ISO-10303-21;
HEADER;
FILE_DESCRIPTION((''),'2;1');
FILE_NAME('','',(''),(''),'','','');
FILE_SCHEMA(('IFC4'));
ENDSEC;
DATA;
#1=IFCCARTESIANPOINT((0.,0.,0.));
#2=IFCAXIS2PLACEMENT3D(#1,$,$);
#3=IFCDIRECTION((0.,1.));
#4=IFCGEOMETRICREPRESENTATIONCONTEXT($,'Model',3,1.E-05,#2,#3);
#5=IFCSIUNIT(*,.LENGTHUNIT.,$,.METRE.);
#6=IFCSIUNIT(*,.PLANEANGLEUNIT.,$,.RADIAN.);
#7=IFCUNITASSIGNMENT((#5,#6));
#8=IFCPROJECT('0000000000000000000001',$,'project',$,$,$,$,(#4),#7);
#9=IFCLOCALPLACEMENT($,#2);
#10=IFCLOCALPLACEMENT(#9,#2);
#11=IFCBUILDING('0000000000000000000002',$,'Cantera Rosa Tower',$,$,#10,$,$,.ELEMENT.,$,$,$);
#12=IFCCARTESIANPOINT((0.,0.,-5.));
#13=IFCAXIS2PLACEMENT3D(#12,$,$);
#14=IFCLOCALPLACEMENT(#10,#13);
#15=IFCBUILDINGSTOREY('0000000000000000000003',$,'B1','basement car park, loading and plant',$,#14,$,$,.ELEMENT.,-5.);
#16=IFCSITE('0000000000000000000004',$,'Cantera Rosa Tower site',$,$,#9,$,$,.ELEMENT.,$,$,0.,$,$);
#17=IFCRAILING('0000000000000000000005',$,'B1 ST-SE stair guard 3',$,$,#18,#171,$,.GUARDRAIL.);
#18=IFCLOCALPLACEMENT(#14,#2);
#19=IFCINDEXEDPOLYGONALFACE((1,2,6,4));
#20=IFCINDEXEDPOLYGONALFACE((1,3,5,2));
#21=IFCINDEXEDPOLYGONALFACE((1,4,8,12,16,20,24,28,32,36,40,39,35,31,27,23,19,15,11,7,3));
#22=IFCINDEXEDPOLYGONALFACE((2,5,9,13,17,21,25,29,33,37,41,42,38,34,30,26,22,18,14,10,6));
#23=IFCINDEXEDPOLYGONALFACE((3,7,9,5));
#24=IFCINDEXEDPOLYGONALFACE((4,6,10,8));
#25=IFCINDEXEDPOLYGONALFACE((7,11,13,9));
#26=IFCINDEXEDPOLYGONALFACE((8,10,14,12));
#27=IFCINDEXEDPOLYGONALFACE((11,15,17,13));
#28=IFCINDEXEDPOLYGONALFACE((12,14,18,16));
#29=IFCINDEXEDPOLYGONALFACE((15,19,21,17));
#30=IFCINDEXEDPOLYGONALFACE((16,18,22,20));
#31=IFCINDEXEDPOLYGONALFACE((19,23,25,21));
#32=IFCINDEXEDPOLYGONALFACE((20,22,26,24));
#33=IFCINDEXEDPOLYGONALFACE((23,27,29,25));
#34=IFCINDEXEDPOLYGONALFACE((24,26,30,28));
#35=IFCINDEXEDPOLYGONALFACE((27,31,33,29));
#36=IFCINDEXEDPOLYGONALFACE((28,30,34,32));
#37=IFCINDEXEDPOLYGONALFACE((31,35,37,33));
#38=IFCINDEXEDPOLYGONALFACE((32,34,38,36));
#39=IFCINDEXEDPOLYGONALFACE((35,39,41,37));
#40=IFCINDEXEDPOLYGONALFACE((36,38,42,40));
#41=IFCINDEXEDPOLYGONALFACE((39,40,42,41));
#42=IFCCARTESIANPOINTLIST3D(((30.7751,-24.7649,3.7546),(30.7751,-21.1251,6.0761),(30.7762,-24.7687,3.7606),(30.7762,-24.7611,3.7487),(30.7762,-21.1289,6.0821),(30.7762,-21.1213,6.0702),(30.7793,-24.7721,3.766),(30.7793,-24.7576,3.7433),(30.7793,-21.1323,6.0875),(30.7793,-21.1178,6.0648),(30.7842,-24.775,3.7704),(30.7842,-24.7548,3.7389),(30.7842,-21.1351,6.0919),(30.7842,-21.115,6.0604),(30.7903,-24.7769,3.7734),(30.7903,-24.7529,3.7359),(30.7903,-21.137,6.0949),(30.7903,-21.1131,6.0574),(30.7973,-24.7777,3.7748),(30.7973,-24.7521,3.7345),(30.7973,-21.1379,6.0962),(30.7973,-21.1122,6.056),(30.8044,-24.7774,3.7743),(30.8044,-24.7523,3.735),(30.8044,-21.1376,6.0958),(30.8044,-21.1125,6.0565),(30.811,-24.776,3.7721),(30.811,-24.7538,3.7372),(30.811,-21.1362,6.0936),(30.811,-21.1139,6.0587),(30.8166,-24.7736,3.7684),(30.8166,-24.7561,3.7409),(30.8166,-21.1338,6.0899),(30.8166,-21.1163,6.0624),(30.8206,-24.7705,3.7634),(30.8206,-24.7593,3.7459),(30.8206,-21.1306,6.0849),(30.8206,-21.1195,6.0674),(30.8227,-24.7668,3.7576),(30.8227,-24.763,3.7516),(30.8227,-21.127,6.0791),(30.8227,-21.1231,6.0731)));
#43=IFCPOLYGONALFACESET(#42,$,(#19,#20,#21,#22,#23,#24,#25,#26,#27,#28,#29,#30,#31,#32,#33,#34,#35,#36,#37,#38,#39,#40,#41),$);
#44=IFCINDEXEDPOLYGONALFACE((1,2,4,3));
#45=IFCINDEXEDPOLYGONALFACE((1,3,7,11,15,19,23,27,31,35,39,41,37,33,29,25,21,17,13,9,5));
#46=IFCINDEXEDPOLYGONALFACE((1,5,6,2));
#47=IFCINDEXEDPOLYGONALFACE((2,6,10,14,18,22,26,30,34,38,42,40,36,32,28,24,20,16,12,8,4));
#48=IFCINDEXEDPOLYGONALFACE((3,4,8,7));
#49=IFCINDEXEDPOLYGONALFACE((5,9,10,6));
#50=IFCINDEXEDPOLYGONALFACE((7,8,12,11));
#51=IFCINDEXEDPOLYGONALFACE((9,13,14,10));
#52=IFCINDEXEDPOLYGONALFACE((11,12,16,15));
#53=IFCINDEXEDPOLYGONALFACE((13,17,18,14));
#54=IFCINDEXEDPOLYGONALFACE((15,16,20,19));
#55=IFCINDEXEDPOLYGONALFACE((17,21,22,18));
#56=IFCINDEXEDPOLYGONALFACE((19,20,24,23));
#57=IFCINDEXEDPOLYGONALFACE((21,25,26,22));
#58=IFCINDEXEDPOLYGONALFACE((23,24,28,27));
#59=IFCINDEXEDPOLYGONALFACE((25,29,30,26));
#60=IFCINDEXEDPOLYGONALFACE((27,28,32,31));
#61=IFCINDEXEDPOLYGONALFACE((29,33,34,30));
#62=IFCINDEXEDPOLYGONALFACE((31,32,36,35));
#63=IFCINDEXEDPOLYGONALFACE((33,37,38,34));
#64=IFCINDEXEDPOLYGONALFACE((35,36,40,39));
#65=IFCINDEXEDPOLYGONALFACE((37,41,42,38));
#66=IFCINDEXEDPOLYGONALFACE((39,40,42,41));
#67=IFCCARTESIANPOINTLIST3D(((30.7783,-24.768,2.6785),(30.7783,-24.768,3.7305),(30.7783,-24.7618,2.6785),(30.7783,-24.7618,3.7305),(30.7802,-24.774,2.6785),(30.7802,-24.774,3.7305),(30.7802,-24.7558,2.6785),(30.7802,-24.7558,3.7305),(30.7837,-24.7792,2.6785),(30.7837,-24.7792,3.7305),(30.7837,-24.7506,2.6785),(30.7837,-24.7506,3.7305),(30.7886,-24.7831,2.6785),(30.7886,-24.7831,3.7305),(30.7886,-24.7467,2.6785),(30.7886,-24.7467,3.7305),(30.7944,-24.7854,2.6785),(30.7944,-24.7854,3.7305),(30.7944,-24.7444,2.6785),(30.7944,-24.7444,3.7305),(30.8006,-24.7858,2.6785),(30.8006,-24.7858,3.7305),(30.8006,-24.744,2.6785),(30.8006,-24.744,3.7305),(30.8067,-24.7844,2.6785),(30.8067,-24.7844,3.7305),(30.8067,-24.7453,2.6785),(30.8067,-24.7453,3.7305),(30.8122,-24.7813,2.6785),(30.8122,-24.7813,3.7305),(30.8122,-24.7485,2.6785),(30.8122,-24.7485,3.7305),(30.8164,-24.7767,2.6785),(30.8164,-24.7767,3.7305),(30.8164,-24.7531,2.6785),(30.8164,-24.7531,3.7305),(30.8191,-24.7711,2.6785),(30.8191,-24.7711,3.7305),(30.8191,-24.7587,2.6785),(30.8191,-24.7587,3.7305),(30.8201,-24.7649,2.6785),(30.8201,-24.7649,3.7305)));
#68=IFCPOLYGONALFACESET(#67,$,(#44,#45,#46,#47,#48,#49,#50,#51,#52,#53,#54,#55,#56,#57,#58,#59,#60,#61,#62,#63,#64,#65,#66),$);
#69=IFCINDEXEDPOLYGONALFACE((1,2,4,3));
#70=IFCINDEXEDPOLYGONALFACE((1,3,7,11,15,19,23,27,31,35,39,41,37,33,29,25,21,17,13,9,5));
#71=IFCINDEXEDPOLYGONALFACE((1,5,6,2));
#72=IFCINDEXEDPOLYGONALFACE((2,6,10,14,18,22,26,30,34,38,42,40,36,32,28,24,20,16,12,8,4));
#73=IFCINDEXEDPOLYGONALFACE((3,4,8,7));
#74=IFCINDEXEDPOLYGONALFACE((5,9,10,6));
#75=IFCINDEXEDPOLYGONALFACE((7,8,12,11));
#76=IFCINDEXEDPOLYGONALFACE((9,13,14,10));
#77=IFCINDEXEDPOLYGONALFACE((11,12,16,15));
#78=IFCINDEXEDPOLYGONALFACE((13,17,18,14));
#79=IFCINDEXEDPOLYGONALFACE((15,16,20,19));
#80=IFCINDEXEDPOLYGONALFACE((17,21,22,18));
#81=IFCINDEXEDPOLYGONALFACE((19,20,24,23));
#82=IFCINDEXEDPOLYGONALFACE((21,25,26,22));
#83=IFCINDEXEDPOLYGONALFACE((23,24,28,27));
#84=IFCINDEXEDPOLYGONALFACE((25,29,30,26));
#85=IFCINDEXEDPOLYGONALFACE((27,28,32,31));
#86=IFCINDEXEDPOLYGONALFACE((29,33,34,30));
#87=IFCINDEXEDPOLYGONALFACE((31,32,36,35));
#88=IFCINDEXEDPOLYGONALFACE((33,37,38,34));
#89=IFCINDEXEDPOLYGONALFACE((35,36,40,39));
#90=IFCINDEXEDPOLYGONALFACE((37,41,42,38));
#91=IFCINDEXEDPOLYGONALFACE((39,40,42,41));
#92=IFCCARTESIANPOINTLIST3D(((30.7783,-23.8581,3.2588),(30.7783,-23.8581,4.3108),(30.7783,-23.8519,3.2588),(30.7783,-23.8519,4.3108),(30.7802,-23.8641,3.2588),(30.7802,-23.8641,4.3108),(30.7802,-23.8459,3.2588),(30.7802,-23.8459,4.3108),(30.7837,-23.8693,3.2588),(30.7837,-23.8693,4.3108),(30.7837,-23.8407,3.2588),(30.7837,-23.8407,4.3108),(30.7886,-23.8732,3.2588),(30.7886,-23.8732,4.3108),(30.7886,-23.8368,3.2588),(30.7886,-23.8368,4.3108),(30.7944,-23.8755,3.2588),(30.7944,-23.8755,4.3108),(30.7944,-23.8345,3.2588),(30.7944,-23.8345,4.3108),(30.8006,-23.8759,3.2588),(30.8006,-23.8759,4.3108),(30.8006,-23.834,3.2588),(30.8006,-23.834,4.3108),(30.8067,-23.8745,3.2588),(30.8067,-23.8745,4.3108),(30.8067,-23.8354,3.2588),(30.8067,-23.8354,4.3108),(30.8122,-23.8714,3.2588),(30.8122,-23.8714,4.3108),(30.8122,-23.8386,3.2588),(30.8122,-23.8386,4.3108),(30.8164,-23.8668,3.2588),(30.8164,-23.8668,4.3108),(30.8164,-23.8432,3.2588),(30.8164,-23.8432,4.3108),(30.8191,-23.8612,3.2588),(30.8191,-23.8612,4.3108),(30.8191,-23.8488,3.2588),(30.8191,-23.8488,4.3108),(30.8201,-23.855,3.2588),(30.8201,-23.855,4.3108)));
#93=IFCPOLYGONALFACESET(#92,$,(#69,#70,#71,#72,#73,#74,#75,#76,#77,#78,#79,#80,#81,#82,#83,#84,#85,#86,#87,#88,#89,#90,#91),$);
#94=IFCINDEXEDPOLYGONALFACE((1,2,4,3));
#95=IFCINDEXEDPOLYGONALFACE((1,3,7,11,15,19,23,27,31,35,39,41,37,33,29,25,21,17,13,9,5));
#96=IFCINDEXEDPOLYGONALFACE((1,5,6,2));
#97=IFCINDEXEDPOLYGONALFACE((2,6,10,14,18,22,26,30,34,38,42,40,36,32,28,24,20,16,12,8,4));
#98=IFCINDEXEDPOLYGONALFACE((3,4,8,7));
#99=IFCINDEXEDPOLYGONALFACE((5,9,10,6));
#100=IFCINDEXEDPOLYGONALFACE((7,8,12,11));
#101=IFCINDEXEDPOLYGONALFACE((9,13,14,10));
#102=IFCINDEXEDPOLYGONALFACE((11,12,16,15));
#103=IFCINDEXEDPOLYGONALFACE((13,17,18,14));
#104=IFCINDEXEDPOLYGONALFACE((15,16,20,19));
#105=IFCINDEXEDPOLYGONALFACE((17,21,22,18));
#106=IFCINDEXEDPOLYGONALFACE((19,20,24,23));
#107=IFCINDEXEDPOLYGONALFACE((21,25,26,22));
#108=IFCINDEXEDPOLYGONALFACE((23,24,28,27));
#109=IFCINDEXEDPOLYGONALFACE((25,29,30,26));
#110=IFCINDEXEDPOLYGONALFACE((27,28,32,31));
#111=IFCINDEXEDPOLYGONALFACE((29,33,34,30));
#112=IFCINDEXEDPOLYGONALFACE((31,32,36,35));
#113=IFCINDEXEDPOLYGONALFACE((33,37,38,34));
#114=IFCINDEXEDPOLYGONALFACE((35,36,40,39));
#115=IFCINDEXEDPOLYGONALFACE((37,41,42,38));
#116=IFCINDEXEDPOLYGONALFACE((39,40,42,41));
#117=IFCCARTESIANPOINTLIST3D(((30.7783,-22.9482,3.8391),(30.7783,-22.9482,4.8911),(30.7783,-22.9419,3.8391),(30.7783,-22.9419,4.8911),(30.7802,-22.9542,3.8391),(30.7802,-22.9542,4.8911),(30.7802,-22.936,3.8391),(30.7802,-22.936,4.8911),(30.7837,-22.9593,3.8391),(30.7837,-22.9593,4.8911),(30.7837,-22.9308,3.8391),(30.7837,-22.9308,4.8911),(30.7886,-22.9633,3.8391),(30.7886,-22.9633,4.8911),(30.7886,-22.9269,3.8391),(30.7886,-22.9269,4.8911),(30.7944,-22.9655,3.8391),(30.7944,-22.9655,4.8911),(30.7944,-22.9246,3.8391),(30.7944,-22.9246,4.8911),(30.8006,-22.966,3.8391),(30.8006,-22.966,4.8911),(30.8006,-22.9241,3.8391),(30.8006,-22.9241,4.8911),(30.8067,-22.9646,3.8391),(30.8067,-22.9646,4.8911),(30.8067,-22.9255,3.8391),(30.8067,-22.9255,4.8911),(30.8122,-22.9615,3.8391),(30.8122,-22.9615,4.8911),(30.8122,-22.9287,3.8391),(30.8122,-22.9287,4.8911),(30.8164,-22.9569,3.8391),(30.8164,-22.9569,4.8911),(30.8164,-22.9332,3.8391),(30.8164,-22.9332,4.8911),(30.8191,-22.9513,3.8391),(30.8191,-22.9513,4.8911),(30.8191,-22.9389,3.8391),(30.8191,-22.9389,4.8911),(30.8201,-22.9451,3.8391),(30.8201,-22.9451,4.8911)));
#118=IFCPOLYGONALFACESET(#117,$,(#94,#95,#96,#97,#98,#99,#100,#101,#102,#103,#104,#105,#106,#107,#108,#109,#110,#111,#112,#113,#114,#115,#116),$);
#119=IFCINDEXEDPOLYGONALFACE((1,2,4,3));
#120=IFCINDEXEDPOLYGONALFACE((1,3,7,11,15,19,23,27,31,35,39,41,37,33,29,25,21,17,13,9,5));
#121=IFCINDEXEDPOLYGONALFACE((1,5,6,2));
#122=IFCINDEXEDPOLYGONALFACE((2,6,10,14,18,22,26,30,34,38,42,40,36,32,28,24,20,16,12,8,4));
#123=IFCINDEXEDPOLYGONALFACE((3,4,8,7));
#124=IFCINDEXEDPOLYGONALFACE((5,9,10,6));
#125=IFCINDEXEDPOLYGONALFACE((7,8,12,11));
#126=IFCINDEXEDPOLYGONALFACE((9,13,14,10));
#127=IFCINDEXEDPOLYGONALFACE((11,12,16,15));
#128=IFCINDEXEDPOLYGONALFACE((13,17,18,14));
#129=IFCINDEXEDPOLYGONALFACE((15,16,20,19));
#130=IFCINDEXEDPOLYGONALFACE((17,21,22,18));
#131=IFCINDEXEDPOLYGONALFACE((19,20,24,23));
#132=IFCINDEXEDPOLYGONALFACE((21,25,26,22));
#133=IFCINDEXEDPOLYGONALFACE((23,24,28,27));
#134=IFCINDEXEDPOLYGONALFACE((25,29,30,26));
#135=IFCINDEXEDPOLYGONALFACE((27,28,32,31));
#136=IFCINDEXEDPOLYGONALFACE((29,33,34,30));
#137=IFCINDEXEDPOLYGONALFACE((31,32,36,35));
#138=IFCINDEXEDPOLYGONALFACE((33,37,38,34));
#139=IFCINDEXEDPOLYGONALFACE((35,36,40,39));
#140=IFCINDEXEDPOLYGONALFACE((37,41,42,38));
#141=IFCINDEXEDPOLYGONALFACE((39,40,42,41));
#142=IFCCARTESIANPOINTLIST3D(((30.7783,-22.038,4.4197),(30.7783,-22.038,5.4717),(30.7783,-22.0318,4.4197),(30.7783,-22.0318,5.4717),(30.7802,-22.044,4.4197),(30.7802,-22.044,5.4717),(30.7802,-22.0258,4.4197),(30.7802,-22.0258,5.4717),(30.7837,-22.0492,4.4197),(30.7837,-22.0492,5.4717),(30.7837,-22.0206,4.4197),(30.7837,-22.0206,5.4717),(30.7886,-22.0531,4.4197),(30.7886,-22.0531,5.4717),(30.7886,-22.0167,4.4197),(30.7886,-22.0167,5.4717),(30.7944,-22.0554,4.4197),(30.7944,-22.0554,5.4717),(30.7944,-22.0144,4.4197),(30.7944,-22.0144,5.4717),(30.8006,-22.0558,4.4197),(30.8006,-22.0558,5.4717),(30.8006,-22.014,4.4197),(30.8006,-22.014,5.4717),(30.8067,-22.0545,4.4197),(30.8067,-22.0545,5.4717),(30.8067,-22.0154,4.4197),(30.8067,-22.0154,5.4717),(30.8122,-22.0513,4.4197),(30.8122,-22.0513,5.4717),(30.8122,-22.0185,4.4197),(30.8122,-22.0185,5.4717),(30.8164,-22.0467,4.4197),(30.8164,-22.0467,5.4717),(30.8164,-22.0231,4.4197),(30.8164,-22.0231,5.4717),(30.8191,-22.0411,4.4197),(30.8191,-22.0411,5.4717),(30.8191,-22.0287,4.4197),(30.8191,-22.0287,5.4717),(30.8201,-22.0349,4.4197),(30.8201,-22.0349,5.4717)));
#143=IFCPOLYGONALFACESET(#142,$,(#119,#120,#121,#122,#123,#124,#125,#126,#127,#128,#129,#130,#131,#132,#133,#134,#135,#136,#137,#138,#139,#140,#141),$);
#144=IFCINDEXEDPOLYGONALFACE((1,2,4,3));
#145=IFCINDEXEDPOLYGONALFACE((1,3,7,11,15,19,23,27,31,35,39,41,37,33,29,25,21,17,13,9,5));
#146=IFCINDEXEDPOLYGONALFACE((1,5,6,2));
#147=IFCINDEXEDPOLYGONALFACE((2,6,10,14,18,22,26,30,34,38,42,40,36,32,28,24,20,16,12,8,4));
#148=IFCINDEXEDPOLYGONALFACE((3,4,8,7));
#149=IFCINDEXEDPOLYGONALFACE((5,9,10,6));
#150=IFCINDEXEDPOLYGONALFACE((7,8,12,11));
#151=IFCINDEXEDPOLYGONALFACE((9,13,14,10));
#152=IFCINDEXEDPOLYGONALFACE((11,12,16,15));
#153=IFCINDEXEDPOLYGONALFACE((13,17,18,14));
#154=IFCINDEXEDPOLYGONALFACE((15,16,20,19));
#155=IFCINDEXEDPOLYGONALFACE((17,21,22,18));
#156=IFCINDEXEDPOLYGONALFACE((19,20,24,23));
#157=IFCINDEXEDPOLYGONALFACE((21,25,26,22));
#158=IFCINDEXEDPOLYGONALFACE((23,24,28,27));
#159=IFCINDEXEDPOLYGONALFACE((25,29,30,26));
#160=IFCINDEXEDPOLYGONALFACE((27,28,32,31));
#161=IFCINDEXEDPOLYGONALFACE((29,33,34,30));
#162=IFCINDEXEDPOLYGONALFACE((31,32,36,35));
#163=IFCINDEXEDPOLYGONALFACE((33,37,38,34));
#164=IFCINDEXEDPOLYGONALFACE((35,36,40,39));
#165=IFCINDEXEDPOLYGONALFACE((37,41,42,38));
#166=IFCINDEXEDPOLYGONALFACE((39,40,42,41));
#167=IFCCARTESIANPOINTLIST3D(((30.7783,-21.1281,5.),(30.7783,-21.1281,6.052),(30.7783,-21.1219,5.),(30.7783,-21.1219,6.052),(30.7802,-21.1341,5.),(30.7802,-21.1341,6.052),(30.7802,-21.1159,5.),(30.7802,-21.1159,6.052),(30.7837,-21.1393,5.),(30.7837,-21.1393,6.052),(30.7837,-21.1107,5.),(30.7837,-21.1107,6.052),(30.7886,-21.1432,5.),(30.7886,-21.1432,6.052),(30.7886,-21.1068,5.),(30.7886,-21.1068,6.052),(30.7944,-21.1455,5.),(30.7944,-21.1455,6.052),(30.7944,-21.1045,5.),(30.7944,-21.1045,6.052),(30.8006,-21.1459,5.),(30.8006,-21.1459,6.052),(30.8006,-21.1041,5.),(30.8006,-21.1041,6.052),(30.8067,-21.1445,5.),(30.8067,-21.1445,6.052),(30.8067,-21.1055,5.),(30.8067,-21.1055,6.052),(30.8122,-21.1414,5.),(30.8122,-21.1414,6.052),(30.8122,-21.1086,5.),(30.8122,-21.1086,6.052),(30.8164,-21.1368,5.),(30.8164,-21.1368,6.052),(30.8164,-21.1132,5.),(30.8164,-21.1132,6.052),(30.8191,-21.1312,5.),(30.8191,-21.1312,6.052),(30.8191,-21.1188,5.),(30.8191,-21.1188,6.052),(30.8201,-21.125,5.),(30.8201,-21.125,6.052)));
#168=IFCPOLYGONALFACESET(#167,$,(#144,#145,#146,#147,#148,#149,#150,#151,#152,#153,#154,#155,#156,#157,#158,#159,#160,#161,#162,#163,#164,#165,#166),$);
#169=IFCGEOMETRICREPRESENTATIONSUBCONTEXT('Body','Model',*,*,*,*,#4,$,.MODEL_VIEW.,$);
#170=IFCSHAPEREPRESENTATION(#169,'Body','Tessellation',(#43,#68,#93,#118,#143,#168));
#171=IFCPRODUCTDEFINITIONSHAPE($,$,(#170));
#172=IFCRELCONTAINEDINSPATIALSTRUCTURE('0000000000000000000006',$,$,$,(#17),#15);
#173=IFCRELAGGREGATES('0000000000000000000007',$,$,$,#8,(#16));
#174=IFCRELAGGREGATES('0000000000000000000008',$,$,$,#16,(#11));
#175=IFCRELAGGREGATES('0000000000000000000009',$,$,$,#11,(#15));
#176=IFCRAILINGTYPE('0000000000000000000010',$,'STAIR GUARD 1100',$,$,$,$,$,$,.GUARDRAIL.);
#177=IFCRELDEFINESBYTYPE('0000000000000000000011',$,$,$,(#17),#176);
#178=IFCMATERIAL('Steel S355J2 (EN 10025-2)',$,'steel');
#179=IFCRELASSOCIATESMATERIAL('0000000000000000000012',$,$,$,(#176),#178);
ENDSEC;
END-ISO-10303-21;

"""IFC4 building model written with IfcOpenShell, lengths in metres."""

from ifc_helpers import new_model, si_unit, direction, frame, origin, origin_2d, place, context, subcontext, project, spatial, circle, extrude, material, type_object, element, save


model = new_model("IFC4")

# Units and contexts
model_context = context("Model", 3, precision=1e-05, world=origin(), true_north=direction((0.0, 1.0)))
body_context = subcontext(model_context, "Body", "Model", "MODEL_VIEW")
ifc_project = project(units=[si_unit("LENGTHUNIT", "METRE"), si_unit("PLANEANGLEUNIT", "RADIAN")], contexts=[model_context])

# Site, building, storey
site_placement = place(None, origin())
site = spatial("IfcSite", under=ifc_project, at=site_placement, Name="Cantera Rosa Tower site", CompositionType="ELEMENT", RefElevation=0.0)
building_placement = place(site_placement, origin())
building = spatial("IfcBuilding", under=site, at=building_placement, Name="Cantera Rosa Tower", CompositionType="ELEMENT")
storey_placement = place(building_placement, frame((0.0, 0.0, -5.0)))
storey = spatial("IfcBuildingStorey", under=building, at=storey_placement, Name="B1", Description="basement car park, loading and plant", CompositionType="ELEMENT", Elevation=-5.0)

# Railing
ifc_material_1 = material(Name="Steel S355J2 (EN 10025-2)", Category="steel")
railing_type_1 = type_object("IfcRailingType", Name="STAIR GUARD 1100", PredefinedType="GUARDRAIL", material=ifc_material_1)
railing_1_placement = place(storey_placement, frame((30.7991, -24.7649, 2.6785)))
element("IfcRailing", 1, at=railing_1_placement, inside=storey, type_object=railing_type_1, Name="B1 ST-SE stair guard 3", PredefinedType="GUARDRAIL", context=body_context, shape_type="SweptSolid", body=[
    extrude(circle(Radius=0.0239, at=origin_2d()), frame((0.0, 0.0, 1.0762), z_axis=(0.0, 0.843112, 0.537739), x_axis=(-1.0, 0.0, 0.0)), (0.0, 0.0, 1.0), 4.3171),
    extrude(circle(Radius=0.021, at=origin_2d()), origin(), (0.0, 0.0, 1.0), 1.052),
    extrude(circle(Radius=0.021, at=origin_2d()), frame((0.0, 0.9099, 0.5803)), (0.0, 0.0, 1.0), 1.052),
    extrude(circle(Radius=0.021, at=origin_2d()), frame((0.0, 1.8198, 1.1606)), (0.0, 0.0, 1.0), 1.052),
    extrude(circle(Radius=0.021, at=origin_2d()), frame((0.0, 2.73, 1.7412)), (0.0, 0.0, 1.0), 1.052),
    extrude(circle(Radius=0.021, at=origin_2d()), frame((0.0, 3.6399, 2.3215)), (0.0, 0.0, 1.0), 1.052),
])

save(model, "model.ifc")
